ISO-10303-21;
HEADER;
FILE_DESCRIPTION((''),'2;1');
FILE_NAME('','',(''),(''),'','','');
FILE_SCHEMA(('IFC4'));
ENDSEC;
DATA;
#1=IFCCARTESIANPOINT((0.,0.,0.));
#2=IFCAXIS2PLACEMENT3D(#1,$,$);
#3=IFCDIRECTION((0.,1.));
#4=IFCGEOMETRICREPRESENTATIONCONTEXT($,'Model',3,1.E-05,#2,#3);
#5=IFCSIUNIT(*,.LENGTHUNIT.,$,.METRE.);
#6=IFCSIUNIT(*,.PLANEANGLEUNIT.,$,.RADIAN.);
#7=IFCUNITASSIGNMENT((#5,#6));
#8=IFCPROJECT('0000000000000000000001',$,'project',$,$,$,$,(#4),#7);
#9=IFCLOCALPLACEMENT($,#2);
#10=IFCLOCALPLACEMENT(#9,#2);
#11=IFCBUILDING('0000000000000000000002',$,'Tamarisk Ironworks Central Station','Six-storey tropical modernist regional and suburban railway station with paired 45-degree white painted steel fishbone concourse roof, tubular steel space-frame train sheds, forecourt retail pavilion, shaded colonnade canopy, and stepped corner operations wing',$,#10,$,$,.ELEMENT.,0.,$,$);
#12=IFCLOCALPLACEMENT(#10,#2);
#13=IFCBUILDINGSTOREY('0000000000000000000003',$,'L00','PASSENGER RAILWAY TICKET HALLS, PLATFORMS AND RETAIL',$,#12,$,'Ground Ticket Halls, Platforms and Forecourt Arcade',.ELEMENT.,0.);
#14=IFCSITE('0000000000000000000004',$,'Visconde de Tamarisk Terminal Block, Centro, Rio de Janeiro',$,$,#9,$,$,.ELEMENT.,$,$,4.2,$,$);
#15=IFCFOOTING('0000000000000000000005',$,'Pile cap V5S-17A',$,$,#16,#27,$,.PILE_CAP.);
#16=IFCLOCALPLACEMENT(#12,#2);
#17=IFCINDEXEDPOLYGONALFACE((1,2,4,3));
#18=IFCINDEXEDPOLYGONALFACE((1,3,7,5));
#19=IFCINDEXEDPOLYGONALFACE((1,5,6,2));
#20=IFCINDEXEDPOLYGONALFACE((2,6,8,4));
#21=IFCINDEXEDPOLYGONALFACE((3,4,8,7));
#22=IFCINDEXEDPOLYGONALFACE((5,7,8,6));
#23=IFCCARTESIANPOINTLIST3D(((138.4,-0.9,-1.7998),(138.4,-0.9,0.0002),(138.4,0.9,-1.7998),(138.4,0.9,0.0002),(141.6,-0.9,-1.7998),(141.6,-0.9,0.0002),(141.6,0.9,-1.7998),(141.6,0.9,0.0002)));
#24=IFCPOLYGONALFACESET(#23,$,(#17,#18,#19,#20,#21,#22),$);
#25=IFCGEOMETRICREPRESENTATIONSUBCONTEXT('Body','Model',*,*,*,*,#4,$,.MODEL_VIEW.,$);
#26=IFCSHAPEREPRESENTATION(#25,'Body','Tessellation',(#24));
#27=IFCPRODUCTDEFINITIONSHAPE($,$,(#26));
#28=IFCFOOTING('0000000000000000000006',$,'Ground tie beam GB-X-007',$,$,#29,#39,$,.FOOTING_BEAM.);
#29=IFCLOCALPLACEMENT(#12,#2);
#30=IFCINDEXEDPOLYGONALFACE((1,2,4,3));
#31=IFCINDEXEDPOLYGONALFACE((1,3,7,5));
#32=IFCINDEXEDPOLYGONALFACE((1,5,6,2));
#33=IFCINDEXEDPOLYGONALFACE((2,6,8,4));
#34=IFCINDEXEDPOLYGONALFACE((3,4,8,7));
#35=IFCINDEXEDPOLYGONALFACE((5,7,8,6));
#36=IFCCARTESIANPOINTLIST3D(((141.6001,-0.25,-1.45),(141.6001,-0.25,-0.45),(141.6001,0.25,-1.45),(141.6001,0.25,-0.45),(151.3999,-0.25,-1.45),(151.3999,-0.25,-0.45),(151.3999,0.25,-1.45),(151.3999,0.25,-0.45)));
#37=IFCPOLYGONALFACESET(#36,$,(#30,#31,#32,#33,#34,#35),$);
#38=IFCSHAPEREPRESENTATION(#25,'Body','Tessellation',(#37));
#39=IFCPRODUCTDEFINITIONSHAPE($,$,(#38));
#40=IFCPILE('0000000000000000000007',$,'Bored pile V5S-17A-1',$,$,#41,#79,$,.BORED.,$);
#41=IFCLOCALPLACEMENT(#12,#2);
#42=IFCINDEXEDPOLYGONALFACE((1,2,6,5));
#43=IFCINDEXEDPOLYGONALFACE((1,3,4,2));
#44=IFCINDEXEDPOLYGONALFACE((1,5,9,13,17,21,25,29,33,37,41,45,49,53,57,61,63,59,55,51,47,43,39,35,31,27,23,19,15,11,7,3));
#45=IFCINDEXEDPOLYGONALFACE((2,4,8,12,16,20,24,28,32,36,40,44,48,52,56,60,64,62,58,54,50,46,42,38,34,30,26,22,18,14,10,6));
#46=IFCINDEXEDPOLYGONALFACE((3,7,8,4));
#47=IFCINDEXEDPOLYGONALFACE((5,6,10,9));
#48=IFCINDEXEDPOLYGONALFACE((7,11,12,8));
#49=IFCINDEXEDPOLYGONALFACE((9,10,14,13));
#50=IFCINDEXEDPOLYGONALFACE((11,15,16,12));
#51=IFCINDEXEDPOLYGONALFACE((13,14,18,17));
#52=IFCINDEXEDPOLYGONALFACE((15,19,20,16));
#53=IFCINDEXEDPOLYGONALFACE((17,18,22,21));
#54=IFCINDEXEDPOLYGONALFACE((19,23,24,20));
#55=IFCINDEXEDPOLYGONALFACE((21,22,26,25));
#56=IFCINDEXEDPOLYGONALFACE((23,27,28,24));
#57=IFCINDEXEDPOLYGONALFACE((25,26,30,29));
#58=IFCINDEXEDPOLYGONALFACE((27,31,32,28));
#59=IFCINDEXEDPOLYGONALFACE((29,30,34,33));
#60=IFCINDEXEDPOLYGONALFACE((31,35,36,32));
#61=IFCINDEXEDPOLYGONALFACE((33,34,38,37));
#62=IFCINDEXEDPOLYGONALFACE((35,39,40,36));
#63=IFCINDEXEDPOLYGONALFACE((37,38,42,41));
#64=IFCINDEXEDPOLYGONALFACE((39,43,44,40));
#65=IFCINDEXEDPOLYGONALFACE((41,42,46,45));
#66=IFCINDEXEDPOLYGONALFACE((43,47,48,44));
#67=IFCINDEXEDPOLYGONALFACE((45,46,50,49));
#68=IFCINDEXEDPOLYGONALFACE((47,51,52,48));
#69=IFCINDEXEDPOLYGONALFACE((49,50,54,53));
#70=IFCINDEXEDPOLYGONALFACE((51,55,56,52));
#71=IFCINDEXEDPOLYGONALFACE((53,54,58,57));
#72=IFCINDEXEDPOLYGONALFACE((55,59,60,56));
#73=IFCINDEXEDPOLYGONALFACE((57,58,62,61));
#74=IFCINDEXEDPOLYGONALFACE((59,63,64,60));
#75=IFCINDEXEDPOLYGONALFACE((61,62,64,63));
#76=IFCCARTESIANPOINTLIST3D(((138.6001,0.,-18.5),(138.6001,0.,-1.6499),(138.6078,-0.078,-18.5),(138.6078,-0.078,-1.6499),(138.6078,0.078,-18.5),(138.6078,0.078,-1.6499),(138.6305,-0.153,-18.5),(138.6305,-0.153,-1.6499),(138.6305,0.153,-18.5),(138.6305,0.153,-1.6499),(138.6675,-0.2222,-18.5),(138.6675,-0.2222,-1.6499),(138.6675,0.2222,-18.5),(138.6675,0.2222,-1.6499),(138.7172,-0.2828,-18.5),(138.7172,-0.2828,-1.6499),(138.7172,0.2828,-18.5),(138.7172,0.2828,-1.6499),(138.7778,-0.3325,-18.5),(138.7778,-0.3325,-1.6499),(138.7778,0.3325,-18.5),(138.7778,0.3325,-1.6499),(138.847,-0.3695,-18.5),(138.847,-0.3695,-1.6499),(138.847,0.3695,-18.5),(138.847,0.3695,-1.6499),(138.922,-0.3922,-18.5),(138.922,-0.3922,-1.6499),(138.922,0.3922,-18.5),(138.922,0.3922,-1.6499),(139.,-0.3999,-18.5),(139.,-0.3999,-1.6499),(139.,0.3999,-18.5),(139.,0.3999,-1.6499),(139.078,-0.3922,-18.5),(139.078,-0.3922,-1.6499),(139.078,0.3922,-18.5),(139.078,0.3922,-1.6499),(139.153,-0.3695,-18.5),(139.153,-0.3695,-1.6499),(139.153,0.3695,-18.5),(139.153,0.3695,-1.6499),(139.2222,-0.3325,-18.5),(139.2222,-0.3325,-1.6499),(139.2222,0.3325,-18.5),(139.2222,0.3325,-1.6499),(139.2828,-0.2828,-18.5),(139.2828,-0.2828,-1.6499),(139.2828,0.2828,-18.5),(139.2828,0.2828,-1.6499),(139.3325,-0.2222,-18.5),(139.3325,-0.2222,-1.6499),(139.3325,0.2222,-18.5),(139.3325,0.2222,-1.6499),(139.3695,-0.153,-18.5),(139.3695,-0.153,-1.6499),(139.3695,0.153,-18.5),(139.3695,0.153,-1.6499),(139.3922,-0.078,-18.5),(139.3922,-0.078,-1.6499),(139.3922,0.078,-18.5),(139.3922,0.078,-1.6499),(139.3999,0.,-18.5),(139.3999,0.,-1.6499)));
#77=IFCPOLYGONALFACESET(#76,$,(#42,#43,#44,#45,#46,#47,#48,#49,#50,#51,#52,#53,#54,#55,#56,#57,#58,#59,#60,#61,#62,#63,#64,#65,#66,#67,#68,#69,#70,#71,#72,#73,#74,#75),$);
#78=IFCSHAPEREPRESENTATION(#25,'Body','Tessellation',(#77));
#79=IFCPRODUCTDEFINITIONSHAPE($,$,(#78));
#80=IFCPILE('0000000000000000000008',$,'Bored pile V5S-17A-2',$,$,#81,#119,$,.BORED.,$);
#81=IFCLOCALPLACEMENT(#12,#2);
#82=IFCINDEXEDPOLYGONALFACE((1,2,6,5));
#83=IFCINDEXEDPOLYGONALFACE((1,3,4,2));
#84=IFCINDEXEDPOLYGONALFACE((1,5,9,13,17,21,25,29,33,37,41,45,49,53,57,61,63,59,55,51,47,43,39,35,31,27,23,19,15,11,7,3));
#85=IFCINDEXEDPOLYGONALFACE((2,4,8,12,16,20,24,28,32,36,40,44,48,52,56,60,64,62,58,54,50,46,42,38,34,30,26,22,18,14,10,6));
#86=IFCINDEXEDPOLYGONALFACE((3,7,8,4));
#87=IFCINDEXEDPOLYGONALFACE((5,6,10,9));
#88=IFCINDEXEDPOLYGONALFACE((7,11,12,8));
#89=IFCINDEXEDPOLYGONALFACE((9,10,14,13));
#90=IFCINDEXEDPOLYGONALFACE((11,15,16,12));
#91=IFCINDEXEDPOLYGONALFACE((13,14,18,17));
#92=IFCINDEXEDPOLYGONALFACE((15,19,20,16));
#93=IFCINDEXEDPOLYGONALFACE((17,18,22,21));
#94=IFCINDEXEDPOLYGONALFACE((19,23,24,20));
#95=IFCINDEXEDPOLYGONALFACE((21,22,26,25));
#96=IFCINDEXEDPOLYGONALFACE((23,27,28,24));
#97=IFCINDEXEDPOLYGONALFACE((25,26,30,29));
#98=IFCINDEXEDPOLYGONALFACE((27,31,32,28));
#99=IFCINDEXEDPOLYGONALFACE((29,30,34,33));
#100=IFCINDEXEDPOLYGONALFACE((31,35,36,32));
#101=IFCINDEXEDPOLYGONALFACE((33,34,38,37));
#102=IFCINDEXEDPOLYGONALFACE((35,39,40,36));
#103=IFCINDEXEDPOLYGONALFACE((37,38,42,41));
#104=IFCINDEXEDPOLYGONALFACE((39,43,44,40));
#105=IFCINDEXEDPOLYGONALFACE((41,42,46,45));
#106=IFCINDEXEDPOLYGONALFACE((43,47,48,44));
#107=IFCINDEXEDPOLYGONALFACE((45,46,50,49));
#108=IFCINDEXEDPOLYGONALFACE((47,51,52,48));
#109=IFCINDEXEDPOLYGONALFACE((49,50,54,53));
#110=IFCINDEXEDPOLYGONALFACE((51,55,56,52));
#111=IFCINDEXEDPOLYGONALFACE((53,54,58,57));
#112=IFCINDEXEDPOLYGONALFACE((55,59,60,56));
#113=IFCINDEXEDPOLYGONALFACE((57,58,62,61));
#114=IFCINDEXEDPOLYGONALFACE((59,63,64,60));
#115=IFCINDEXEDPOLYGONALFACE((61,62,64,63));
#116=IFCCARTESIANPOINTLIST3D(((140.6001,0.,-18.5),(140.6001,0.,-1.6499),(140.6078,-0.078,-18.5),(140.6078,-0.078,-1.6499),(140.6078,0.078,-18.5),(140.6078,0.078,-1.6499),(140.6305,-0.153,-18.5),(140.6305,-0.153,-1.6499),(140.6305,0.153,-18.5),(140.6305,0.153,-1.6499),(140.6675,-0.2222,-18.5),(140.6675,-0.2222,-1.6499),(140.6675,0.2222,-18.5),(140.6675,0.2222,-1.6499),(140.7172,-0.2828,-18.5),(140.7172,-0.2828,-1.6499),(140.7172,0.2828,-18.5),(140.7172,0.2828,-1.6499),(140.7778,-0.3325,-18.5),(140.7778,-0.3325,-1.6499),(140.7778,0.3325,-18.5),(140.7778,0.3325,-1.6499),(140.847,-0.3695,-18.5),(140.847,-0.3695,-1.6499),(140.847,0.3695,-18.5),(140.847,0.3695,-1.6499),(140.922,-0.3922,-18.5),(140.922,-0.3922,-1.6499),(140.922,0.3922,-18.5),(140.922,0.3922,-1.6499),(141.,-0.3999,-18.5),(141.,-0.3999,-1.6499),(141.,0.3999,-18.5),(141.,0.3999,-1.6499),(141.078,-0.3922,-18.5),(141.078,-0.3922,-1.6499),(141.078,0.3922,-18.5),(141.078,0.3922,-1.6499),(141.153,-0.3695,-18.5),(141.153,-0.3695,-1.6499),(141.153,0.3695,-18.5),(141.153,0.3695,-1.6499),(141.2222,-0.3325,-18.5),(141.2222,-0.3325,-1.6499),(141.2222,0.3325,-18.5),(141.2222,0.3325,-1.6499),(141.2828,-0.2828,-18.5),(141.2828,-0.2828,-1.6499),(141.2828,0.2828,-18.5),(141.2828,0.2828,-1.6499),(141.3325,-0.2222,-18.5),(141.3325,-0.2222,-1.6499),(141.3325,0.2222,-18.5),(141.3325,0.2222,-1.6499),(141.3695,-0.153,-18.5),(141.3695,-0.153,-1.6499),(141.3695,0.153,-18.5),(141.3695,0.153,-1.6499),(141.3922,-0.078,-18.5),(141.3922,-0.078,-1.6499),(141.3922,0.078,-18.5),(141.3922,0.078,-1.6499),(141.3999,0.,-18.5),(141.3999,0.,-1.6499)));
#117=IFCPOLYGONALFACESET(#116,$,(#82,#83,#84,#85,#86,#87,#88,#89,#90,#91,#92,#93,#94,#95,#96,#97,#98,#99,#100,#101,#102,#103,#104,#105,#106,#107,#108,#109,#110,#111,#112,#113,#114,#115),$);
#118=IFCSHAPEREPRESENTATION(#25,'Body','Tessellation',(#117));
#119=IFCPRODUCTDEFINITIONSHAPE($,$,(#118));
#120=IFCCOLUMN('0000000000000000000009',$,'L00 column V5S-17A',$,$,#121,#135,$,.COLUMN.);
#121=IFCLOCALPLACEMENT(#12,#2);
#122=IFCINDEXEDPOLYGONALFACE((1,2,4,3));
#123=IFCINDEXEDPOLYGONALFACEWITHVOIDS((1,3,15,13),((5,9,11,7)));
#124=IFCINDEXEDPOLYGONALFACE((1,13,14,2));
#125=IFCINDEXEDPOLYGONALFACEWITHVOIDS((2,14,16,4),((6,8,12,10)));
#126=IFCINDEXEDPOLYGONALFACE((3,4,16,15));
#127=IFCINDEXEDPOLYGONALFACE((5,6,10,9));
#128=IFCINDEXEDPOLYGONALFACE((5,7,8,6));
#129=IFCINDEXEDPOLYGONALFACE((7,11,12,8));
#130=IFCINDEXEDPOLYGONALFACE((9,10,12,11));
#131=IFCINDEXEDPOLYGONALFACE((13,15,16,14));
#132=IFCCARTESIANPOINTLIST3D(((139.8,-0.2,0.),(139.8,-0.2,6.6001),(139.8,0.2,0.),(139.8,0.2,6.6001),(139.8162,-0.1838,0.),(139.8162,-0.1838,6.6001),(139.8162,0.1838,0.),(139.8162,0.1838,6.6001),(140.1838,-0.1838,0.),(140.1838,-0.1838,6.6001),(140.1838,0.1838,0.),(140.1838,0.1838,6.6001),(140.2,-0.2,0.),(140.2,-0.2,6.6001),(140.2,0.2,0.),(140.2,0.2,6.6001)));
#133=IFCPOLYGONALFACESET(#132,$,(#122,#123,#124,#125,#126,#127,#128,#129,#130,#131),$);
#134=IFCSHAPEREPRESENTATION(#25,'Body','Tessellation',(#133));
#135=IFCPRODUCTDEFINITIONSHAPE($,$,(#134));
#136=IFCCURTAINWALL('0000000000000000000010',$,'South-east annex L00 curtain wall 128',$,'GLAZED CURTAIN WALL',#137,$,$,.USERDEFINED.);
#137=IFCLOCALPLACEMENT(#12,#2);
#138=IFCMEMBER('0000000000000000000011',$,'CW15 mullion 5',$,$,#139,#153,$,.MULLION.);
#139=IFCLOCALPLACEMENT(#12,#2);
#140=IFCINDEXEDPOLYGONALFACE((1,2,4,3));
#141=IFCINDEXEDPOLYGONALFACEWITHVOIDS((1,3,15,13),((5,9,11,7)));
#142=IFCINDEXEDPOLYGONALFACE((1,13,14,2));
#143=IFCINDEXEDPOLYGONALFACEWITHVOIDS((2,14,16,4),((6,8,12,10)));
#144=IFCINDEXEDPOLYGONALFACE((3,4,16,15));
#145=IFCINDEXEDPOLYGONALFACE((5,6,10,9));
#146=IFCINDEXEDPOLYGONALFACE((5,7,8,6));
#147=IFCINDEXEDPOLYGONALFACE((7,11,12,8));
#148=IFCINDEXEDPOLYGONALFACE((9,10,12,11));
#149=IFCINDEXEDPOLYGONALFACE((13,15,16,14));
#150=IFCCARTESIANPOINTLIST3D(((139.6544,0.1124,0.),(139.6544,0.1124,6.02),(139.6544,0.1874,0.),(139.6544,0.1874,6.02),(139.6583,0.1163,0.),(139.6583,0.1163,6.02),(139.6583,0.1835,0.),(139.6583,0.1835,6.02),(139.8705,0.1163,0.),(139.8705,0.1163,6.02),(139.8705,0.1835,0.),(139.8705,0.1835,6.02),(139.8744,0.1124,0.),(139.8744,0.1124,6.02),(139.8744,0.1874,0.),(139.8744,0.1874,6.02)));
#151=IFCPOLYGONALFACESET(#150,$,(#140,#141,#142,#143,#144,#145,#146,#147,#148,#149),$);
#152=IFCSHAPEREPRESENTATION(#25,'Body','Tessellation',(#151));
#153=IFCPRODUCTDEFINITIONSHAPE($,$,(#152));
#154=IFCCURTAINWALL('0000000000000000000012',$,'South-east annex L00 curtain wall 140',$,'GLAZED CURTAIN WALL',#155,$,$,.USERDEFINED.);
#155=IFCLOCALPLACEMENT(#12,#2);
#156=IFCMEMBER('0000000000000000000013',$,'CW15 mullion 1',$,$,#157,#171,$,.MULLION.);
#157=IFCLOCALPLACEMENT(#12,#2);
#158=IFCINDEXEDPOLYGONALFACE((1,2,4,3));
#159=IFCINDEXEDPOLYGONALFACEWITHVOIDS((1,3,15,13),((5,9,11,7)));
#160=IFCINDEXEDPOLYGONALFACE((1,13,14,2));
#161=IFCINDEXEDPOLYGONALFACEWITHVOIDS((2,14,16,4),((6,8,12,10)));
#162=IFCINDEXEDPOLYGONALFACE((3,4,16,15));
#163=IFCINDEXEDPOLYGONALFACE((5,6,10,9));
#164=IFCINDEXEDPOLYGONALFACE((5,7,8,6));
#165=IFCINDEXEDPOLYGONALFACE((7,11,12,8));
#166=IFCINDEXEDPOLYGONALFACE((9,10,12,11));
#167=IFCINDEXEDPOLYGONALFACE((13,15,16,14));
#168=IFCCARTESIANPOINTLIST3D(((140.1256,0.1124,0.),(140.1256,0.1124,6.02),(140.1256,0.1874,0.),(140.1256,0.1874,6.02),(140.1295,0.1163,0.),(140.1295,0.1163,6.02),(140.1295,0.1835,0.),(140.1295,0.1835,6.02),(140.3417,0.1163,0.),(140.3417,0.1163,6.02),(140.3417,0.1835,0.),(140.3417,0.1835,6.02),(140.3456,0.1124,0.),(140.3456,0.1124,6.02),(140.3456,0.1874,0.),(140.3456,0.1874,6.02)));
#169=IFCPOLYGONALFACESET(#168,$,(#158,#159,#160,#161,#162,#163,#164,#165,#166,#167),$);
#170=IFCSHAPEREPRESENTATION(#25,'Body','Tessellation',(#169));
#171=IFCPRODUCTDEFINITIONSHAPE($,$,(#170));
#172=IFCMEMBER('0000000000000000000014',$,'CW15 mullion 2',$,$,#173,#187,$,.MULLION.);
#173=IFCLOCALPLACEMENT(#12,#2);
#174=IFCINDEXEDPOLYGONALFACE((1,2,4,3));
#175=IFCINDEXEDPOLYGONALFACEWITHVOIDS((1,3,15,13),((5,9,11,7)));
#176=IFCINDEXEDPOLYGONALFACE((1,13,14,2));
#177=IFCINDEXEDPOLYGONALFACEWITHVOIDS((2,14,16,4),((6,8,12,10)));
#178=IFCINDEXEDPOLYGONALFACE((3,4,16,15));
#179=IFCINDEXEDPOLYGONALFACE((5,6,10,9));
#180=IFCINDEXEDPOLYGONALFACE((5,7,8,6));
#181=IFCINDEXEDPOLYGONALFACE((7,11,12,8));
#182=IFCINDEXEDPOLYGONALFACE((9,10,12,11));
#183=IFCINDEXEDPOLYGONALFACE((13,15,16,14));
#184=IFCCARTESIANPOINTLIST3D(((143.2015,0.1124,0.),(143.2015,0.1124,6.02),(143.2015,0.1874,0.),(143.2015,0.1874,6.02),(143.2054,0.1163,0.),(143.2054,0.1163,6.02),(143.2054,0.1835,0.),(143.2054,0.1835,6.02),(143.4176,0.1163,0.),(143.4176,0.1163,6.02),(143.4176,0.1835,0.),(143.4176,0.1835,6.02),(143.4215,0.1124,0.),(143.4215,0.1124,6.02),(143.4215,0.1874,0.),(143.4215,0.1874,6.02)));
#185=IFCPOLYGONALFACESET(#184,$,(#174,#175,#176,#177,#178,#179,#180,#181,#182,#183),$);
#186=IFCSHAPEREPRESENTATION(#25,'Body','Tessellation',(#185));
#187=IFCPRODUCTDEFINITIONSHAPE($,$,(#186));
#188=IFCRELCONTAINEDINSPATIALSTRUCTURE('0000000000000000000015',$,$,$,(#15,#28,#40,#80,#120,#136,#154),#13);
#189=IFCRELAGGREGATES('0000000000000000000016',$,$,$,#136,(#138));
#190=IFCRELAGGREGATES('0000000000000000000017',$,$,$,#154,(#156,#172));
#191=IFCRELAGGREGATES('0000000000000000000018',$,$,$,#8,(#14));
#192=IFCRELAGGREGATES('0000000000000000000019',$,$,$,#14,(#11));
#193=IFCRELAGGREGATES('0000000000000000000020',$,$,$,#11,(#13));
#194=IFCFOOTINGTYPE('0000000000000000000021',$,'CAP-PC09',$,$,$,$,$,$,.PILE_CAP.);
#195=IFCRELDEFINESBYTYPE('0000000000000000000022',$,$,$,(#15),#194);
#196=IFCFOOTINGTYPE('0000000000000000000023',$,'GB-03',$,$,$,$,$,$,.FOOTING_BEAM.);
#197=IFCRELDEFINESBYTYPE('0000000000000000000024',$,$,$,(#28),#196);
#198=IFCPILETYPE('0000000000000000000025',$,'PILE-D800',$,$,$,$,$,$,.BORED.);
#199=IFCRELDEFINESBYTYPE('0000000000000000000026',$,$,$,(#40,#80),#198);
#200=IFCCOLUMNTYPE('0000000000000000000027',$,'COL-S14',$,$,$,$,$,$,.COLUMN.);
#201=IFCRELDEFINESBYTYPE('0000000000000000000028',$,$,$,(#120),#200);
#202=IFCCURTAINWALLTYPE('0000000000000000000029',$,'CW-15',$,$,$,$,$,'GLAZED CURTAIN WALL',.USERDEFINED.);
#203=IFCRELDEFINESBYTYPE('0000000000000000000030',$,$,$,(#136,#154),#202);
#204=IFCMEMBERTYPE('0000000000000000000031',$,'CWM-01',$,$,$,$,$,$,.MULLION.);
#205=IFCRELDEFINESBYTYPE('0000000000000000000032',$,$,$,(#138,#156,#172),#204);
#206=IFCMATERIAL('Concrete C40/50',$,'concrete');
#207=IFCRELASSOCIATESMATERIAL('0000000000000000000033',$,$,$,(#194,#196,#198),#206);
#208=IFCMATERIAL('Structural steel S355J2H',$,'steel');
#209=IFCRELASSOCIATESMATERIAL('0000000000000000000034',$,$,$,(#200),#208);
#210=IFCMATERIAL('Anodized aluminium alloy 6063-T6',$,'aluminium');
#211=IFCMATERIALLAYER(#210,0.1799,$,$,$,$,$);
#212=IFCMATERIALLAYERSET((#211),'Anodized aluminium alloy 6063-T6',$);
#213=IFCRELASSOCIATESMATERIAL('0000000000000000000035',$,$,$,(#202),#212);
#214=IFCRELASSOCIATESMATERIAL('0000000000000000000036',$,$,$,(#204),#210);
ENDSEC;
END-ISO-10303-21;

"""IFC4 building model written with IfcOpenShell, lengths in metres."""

from ifc_helpers import new_model, si_unit, direction, frame, origin, origin_2d, place, context, subcontext, project, spatial, rectangle, hollow_rectangle, circle, extrude, material, layer, layer_set, material_profile, profile_set, type_object, element, aggregate, save


model = new_model("IFC4")

# Units and contexts
model_context = context("Model", 3, precision=1e-05, world=origin(), true_north=direction((0.0, 1.0)))
body_context = subcontext(model_context, "Body", "Model", "MODEL_VIEW")
ifc_project = project(units=[si_unit("LENGTHUNIT", "METRE"), si_unit("PLANEANGLEUNIT", "RADIAN")], contexts=[model_context])

# Site, building, storey
site_placement = place(None, origin())
site = spatial("IfcSite", under=ifc_project, at=site_placement, Name="Visconde de Tamarisk Terminal Block, Centro, Rio de Janeiro", CompositionType="ELEMENT", RefElevation=4.2)
building_placement = place(site_placement, origin())
building = spatial("IfcBuilding", under=site, at=building_placement, Name="Tamarisk Ironworks Central Station", Description="Six-storey tropical modernist regional and suburban railway station with paired 45-degree white painted steel fishbone concourse roof, tubular steel space-frame train sheds, forecourt retail pavilion, shaded colonnade canopy, and stepped corner operations wing", CompositionType="ELEMENT", ElevationOfRefHeight=0.0)
storey_placement = place(building_placement, origin())
storey = spatial("IfcBuildingStorey", under=building, at=storey_placement, Name="L00", Description="PASSENGER RAILWAY TICKET HALLS, PLATFORMS AND RETAIL", LongName="Ground Ticket Halls, Platforms and Forecourt Arcade", CompositionType="ELEMENT", Elevation=0.0)

# Footings
ifc_material_1 = material(Name="Concrete C40/50", Category="concrete")
footing_type_1 = type_object("IfcFootingType", Name="CAP-PC09", PredefinedType="PILE_CAP", material=ifc_material_1)
footing_1_placement = place(storey_placement, frame((140.0, 0.0, -1.7998), z_axis=(0.0, 0.0, 1.0), x_axis=(1.0, 0.0, 0.0)))
element("IfcFooting", 1, at=footing_1_placement, inside=storey, type_object=footing_type_1, Name="Pile cap V5S-17A", PredefinedType="PILE_CAP", context=body_context, shape_type="SweptSolid", body=[
    extrude(rectangle(XDim=3.2, YDim=1.8, at=origin_2d()), origin(), (0.0, 0.0, 1.0), 1.8),
])
ifc_material_profile_1 = material_profile(ifc_material_1, rectangle(XDim=0.5, YDim=1.0, at=origin_2d()), Name="GB03 500x1000")
ifc_profile_set_1 = profile_set([ifc_material_profile_1], Name="Concrete C40/50")
footing_type_2 = type_object("IfcFootingType", Name="GB-03", PredefinedType="FOOTING_BEAM", material=ifc_profile_set_1)
footing_2_placement = place(storey_placement, frame((141.6001, 0.0, -0.95), z_axis=(1.0, 0.0, 0.0), x_axis=(0.0, 1.0, 0.0)))
element("IfcFooting", 2, at=footing_2_placement, inside=storey, type_object=footing_type_2, Name="Ground tie beam GB-X-007", PredefinedType="FOOTING_BEAM", context=body_context, shape_type="SweptSolid", body=[
    extrude(rectangle(XDim=0.5, YDim=1.0, at=origin_2d()), origin(), (0.0, 0.0, 1.0), 9.7998),
])

# Piles
ifc_material_profile_2 = material_profile(ifc_material_1, circle(Radius=0.3999, at=origin_2d()), Name="BORED PILE D800")
ifc_profile_set_2 = profile_set([ifc_material_profile_2], Name="Concrete C40/50")
pile_type = type_object("IfcPileType", Name="PILE-D800", PredefinedType="BORED", material=ifc_profile_set_2)
for number, where, z_axis, x_axis, name in (
    (3, (139.0, 0.0, -1.6499), (0.0, 0.0, -1.0), (1.0, 0.0, 0.0), "Bored pile V5S-17A-1"),
    (4, (141.0, 0.0, -1.6499), (0.0, 0.0, -1.0), (1.0, 0.0, 0.0), "Bored pile V5S-17A-2"),
):
    element("IfcPile", number, at=place(storey_placement, frame(where, z_axis=z_axis, x_axis=x_axis)), inside=storey, type_object=pile_type, Name=name, PredefinedType="BORED", context=body_context, shape_type="SweptSolid", body=[
        extrude(circle(Radius=0.3999, at=origin_2d()), origin(), (0.0, 0.0, 1.0), 16.8501),
    ])

# Column
ifc_material_2 = material(Name="Structural steel S355J2H", Category="steel")
ifc_material_profile_3 = material_profile(ifc_material_2, hollow_rectangle(XDim=0.3999, YDim=0.3999, WallThickness=0.0161, at=origin_2d()), Name="SHS 400x400x16")
ifc_profile_set_3 = profile_set([ifc_material_profile_3], Name="Structural steel S355J2H")
column_type = type_object("IfcColumnType", Name="COL-S14", PredefinedType="COLUMN", material=ifc_profile_set_3)
column_placement = place(storey_placement, frame((140.0, 0.0, 0.0), z_axis=(0.0, 0.0, 1.0), x_axis=(1.0, 0.0, 0.0)))
element("IfcColumn", 5, at=column_placement, inside=storey, type_object=column_type, Name="L00 column V5S-17A", PredefinedType="COLUMN", context=body_context, shape_type="SweptSolid", body=[
    extrude(hollow_rectangle(XDim=0.3999, YDim=0.3999, WallThickness=0.0161, at=origin_2d()), origin(), (0.0, 0.0, 1.0), 6.6001),
])

# Curtain wall, member
ifc_material_3 = material(Name="Anodized aluminium alloy 6063-T6", Category="aluminium")
ifc_layer_1 = layer(ifc_material_3, 0.1799)
ifc_layer_set_1 = layer_set([ifc_layer_1], Name="Anodized aluminium alloy 6063-T6")
curtain_wall_type = type_object("IfcCurtainWallType", Name="CW-15", ElementType="GLAZED CURTAIN WALL", PredefinedType="USERDEFINED", material=ifc_layer_set_1)
curtain_wall_1_placement = place(storey_placement, origin())
curtain_wall_1 = element("IfcCurtainWall", 6, at=curtain_wall_1_placement, inside=storey, type_object=curtain_wall_type, Name="South-east annex L00 curtain wall 128", ObjectType="GLAZED CURTAIN WALL", PredefinedType="USERDEFINED")
ifc_material_profile_4 = material_profile(ifc_material_3, hollow_rectangle(XDim=0.075, YDim=0.22, WallThickness=0.0039, at=origin_2d()), Name="ALUM 220x75")
ifc_profile_set_4 = profile_set([ifc_material_profile_4], Name="Anodized aluminium alloy 6063-T6")
member_type_1 = type_object("IfcMemberType", Name="CWM-01", PredefinedType="MULLION", material=ifc_profile_set_4)
member_1_placement = place(storey_placement, frame((139.7644, 0.1499, 0.0), z_axis=(0.0, 0.0, 1.0), x_axis=(0.0, 1.0, 0.0)))
member_1 = element("IfcMember", 7, at=member_1_placement, type_object=member_type_1, Name="CW15 mullion 5", PredefinedType="MULLION", context=body_context, shape_type="SweptSolid", body=[
    extrude(hollow_rectangle(XDim=0.075, YDim=0.22, WallThickness=0.0039, at=origin_2d()), origin(), (0.0, 0.0, 1.0), 6.02),
])

# Curtain wall, members
curtain_wall_2_placement = place(storey_placement, origin())
curtain_wall_2 = element("IfcCurtainWall", 8, at=curtain_wall_2_placement, inside=storey, type_object=curtain_wall_type, Name="South-east annex L00 curtain wall 140", ObjectType="GLAZED CURTAIN WALL", PredefinedType="USERDEFINED")
member_2_placement = place(storey_placement, frame((140.2356, 0.1499, 0.0), z_axis=(0.0, 0.0, 1.0), x_axis=(0.0, 1.0, 0.0)))
member_2 = element("IfcMember", 9, at=member_2_placement, type_object=member_type_1, Name="CW15 mullion 1", PredefinedType="MULLION", context=body_context, shape_type="SweptSolid", body=[
    extrude(hollow_rectangle(XDim=0.075, YDim=0.22, WallThickness=0.0039, at=origin_2d()), origin(), (0.0, 0.0, 1.0), 6.02),
])
member_3_placement = place(storey_placement, frame((143.3115, 0.1499, 0.0), z_axis=(0.0, 0.0, 1.0), x_axis=(0.0, 1.0, 0.0)))
member_3 = element("IfcMember", 10, at=member_3_placement, type_object=member_type_1, Name="CW15 mullion 2", PredefinedType="MULLION", context=body_context, shape_type="SweptSolid", body=[
    extrude(hollow_rectangle(XDim=0.075, YDim=0.22, WallThickness=0.0039, at=origin_2d()), origin(), (0.0, 0.0, 1.0), 6.02),
])

aggregate(curtain_wall_1, [member_1])
aggregate(curtain_wall_2, [member_2, member_3])

save(model, "model.ifc")
